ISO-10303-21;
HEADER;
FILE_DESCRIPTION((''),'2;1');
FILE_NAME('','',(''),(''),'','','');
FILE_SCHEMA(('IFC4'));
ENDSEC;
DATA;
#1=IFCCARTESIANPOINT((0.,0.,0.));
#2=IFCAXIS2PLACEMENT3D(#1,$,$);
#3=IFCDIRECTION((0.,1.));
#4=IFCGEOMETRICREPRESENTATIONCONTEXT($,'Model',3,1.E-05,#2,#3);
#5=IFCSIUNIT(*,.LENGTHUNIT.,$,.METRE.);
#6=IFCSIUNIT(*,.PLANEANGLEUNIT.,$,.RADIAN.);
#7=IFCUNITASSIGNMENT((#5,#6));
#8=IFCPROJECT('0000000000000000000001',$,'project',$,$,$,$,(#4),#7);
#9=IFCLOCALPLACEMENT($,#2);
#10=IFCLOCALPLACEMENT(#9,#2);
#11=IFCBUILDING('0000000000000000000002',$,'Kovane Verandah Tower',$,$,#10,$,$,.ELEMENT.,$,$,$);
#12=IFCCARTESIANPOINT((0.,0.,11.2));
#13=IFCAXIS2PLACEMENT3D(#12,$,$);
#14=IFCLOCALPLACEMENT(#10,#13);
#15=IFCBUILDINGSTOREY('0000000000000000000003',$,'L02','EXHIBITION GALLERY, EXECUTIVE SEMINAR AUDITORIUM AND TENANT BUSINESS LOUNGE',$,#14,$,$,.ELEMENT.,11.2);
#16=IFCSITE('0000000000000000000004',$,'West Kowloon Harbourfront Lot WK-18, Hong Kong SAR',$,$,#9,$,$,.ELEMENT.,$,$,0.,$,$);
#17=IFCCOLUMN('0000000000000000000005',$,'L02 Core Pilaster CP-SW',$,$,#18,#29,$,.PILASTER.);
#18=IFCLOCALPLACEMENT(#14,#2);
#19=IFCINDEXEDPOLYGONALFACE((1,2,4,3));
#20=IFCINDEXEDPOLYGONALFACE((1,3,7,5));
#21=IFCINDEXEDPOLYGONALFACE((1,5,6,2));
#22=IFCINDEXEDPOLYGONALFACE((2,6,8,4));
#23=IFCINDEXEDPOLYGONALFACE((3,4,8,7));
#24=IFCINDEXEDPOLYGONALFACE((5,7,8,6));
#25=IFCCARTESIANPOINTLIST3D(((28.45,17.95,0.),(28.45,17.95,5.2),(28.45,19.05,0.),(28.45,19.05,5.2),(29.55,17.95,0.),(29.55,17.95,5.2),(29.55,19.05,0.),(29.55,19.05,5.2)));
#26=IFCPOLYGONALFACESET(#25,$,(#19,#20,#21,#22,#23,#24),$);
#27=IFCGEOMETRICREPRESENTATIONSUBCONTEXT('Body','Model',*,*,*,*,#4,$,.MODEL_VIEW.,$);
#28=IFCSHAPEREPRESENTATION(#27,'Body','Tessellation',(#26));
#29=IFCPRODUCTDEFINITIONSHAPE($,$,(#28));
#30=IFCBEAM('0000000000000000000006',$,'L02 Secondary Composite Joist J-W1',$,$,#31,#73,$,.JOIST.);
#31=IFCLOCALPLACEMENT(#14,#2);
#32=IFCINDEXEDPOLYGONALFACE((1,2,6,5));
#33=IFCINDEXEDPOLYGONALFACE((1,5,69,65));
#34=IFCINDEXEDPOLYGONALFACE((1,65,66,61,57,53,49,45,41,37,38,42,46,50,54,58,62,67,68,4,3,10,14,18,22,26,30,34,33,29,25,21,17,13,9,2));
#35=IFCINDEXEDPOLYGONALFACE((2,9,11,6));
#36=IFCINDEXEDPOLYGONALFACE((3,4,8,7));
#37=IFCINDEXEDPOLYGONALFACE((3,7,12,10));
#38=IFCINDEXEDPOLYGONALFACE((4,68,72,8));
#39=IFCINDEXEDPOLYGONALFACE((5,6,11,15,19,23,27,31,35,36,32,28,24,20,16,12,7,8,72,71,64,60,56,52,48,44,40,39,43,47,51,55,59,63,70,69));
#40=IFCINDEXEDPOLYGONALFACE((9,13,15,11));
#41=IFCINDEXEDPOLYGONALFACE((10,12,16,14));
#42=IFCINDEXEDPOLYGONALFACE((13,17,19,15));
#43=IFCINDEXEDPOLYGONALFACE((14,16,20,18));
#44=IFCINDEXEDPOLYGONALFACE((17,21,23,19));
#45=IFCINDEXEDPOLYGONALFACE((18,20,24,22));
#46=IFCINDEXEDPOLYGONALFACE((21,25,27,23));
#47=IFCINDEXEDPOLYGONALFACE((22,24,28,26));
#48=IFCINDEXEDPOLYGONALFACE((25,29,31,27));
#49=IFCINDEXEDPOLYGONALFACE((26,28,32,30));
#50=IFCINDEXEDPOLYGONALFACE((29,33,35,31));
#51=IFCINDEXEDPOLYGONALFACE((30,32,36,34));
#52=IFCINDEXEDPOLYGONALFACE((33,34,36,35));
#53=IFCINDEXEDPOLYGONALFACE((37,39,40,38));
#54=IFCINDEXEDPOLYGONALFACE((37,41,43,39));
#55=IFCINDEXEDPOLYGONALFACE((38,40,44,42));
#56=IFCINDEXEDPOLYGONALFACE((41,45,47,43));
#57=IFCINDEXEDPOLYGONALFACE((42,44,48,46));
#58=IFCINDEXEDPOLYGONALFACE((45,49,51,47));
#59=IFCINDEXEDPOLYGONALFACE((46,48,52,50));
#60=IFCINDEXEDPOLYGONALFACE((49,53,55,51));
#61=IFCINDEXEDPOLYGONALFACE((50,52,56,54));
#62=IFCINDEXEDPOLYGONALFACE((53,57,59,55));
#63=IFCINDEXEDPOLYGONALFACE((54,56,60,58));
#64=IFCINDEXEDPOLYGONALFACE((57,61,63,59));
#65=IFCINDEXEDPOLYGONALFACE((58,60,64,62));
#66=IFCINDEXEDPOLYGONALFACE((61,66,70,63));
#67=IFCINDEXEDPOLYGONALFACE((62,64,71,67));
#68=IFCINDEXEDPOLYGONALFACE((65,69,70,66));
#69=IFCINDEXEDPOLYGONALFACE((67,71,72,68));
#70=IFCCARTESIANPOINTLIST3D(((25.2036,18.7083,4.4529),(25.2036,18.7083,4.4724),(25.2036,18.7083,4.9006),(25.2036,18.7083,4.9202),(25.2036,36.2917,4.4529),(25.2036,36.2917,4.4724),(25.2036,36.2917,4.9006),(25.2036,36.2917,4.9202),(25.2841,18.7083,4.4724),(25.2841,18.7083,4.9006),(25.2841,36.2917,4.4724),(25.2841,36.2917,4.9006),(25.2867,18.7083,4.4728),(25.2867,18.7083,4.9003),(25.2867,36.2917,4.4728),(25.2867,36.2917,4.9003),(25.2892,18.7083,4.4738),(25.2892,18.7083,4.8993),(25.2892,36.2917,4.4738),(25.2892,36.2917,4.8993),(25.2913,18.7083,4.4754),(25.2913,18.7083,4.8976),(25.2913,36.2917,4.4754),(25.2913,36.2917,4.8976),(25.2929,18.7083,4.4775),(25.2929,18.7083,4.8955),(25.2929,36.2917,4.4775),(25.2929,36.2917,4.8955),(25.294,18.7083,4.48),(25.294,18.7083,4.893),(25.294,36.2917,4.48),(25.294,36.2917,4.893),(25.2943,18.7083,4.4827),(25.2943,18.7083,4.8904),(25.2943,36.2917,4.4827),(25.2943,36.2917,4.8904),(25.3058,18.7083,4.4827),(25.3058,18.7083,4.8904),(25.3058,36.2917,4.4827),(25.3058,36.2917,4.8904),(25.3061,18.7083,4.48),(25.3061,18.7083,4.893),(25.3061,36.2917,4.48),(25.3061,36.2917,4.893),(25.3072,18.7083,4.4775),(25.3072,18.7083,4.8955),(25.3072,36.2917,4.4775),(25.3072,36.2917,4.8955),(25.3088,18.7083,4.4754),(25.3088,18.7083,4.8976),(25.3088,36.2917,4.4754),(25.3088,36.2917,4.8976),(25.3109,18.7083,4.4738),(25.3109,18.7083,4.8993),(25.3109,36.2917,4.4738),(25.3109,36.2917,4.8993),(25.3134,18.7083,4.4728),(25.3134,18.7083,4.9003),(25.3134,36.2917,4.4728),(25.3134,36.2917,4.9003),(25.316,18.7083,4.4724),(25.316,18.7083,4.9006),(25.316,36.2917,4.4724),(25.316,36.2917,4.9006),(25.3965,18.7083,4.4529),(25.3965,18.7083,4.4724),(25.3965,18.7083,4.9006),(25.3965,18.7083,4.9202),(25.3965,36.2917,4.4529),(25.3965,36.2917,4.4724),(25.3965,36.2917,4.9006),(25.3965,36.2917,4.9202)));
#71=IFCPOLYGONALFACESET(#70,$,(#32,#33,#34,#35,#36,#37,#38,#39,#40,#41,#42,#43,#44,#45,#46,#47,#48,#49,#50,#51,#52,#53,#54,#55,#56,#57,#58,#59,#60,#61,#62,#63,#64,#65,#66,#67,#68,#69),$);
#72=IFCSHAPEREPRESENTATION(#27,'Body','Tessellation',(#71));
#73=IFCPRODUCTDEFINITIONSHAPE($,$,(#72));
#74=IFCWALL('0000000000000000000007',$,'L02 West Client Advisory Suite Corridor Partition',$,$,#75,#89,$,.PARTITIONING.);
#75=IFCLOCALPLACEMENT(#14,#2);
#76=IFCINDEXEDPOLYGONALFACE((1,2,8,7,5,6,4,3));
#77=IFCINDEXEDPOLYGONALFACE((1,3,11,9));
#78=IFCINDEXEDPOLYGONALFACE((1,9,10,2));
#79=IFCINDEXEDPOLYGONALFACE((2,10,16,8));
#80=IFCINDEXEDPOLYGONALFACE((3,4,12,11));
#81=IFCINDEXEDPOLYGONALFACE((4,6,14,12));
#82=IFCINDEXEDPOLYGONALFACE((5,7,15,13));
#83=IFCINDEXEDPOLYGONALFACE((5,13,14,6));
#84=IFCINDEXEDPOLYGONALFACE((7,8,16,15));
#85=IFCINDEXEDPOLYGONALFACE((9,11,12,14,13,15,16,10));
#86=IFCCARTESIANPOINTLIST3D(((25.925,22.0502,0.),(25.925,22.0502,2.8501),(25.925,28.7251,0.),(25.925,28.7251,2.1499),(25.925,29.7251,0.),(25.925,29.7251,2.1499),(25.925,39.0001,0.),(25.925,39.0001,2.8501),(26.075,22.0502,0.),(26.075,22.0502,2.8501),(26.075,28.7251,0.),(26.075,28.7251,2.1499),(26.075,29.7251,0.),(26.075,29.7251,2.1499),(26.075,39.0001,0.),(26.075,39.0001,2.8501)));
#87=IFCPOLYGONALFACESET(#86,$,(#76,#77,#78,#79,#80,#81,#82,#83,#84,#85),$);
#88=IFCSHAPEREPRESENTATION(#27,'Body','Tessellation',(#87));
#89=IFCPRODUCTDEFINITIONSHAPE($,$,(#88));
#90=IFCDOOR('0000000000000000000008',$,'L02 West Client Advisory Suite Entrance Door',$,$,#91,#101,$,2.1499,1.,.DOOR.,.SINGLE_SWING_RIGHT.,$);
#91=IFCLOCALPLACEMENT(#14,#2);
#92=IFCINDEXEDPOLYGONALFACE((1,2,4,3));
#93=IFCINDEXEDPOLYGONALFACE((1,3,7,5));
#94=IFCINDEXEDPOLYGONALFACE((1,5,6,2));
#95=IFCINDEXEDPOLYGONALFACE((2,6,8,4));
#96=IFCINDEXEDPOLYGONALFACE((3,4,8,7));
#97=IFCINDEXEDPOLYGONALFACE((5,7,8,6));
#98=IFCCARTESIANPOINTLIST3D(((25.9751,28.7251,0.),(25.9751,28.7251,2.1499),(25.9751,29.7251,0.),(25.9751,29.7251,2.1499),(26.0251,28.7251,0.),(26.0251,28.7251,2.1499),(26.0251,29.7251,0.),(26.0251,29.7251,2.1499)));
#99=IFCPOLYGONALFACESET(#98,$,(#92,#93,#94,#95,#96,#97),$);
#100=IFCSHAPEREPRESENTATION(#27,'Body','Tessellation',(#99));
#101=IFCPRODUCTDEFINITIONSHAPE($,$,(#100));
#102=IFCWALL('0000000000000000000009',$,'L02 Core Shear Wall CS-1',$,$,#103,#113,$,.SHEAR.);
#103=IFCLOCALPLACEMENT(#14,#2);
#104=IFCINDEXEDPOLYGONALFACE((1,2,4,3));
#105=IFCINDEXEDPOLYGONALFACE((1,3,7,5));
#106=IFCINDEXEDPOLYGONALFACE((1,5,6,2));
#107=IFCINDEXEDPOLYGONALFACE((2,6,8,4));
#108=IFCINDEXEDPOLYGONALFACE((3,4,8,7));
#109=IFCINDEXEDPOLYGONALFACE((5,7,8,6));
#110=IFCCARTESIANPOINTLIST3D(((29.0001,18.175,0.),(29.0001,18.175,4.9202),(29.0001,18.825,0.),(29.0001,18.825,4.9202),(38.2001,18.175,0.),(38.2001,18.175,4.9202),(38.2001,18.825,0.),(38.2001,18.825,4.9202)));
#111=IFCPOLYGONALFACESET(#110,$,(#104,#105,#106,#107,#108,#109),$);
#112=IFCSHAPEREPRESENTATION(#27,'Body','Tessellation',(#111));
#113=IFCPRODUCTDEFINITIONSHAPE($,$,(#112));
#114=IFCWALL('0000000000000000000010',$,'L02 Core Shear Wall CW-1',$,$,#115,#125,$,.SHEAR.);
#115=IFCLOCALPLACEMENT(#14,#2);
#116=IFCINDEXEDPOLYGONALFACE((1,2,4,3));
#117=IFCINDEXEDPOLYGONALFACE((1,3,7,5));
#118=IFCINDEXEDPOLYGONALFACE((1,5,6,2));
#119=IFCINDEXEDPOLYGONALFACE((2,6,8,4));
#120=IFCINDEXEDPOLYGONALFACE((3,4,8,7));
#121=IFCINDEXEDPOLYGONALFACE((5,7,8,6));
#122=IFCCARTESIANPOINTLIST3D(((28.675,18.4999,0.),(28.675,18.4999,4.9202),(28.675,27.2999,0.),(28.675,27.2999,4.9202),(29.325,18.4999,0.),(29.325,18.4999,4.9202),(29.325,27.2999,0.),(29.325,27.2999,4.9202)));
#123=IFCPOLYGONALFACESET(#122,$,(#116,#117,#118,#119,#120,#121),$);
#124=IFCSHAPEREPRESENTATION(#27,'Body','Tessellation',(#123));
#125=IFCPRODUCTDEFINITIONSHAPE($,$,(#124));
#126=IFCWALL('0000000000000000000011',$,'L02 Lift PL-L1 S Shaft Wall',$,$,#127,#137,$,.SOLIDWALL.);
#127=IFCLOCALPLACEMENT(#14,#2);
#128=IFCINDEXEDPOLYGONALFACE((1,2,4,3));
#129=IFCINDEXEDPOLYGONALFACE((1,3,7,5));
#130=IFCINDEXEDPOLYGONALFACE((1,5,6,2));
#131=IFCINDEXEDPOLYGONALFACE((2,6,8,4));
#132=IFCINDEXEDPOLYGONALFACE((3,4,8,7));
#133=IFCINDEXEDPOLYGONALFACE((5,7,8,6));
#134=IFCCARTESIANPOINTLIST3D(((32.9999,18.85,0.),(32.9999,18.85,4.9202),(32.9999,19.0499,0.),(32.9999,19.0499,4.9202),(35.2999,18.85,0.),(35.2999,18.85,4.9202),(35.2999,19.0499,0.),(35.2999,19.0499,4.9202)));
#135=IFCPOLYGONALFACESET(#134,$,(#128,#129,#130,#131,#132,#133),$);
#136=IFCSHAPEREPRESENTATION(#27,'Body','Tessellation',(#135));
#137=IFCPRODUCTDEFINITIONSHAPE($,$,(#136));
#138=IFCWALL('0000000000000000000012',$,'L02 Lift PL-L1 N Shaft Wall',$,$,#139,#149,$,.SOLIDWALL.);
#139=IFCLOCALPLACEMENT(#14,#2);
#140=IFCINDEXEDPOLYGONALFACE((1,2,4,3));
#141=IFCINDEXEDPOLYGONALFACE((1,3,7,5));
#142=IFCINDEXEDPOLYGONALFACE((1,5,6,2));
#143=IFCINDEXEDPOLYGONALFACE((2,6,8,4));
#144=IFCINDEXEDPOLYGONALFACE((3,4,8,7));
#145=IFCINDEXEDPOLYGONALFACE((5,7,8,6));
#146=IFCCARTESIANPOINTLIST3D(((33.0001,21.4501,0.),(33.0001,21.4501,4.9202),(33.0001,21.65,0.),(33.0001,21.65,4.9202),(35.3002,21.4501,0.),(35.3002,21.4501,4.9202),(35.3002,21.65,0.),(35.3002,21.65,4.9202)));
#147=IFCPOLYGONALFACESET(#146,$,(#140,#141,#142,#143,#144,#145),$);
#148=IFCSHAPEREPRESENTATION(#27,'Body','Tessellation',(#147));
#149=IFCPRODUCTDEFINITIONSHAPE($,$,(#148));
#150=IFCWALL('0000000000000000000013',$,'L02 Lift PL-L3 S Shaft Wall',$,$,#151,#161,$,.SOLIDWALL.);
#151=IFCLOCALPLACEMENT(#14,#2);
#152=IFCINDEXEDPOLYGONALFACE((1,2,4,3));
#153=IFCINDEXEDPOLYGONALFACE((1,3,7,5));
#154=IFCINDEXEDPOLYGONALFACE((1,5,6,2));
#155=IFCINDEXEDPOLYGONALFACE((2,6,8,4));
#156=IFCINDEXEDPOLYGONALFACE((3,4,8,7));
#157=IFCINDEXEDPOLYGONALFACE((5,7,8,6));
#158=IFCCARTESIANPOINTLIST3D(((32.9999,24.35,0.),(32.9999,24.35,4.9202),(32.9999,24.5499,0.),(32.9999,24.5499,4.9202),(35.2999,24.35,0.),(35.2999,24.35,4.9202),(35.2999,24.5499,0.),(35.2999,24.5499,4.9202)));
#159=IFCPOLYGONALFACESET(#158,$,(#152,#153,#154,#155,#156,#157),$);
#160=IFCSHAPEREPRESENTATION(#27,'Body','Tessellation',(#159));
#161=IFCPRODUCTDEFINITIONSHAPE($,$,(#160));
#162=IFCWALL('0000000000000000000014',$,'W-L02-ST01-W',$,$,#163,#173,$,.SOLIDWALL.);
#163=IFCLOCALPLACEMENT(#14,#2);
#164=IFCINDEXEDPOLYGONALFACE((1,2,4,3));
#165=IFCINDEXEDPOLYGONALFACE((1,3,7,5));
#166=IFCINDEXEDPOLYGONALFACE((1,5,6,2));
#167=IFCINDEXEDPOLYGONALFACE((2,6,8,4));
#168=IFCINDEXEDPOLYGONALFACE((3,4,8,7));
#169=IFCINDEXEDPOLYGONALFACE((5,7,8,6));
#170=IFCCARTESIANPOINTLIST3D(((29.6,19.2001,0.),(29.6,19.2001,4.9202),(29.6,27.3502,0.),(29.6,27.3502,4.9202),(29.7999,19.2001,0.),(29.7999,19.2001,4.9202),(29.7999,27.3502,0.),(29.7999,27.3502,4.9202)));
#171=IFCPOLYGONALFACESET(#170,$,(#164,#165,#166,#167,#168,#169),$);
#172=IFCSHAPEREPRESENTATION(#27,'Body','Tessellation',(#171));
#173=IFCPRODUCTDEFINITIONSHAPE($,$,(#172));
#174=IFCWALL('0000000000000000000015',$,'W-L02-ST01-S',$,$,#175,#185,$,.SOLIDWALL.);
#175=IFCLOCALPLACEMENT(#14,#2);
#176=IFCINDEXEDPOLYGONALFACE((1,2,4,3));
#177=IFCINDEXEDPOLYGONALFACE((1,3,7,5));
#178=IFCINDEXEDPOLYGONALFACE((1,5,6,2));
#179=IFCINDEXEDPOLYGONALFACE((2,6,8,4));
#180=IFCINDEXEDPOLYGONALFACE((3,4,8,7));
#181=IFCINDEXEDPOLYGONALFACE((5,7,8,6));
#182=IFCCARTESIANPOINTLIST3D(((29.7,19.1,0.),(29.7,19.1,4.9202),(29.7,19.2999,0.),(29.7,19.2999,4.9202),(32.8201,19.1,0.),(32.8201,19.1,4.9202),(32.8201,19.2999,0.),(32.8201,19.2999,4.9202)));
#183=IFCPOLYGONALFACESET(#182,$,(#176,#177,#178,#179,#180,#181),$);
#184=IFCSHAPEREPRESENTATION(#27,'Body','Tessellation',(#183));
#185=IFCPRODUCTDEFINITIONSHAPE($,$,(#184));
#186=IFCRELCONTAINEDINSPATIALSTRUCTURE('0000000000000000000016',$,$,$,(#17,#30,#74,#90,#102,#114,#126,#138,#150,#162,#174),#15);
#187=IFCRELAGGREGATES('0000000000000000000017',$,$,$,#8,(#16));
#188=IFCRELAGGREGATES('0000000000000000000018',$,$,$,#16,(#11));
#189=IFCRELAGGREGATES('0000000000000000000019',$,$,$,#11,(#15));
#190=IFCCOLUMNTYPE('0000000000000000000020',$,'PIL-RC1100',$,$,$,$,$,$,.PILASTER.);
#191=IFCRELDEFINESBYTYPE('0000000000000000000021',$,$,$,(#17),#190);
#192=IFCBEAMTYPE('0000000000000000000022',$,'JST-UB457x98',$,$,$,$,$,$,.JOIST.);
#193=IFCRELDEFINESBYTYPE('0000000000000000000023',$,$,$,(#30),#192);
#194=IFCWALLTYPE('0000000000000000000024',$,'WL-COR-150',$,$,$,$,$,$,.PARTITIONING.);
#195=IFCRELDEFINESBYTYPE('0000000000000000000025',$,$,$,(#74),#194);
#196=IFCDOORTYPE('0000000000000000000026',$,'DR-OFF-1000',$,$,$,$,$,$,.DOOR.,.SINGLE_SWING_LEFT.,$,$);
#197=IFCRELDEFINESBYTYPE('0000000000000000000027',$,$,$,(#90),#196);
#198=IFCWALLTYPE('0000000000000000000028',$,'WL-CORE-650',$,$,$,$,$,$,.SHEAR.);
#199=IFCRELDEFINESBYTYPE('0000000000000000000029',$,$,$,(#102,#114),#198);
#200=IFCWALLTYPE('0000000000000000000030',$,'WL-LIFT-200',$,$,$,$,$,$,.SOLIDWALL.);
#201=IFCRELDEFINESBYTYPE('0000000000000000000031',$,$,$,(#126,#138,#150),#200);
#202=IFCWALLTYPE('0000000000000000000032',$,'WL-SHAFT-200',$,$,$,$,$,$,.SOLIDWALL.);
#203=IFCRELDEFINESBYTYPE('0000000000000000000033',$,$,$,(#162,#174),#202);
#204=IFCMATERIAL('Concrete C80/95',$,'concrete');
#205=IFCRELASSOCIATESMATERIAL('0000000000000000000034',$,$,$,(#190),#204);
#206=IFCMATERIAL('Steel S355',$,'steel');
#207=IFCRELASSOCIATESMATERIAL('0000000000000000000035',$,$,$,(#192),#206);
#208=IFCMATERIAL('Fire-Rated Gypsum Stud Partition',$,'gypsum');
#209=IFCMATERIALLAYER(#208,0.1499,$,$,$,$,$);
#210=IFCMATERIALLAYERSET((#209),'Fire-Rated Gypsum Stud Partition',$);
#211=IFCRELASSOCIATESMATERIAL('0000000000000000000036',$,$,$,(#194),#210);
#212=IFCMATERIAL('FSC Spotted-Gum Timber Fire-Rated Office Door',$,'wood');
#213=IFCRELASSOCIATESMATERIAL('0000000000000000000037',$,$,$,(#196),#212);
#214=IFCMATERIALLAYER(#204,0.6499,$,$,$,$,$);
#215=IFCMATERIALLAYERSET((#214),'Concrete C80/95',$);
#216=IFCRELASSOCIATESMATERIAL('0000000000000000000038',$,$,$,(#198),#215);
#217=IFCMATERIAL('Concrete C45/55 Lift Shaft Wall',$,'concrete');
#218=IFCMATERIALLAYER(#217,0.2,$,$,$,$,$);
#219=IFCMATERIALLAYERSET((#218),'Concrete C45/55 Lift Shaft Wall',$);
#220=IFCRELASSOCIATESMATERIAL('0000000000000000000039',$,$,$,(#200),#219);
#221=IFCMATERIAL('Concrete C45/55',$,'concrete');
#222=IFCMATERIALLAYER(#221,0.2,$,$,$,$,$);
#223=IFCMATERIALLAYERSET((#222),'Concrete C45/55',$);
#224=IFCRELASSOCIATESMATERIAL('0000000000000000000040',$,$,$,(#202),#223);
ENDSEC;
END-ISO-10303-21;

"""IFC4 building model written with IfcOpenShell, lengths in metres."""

from ifc_helpers import new_model, si_unit, direction, frame, frame_2d, origin, origin_2d, place, context, subcontext, project, spatial, rectangle, i_section, extrude, material, layer, layer_set, material_profile, profile_set, type_object, element, fill, save


model = new_model("IFC4")

# Units and contexts
model_context = context("Model", 3, precision=1e-05, world=origin(), true_north=direction((0.0, 1.0)))
body_context = subcontext(model_context, "Body", "Model", "MODEL_VIEW")
ifc_project = project(units=[si_unit("LENGTHUNIT", "METRE"), si_unit("PLANEANGLEUNIT", "RADIAN")], contexts=[model_context])

# Site, building, storey
site_placement = place(None, origin())
site = spatial("IfcSite", under=ifc_project, at=site_placement, Name="West Kowloon Harbourfront Lot WK-18, Hong Kong SAR", CompositionType="ELEMENT", RefElevation=0.0)
building_placement = place(site_placement, origin())
building = spatial("IfcBuilding", under=site, at=building_placement, Name="Kovane Verandah Tower", CompositionType="ELEMENT")
storey_placement = place(building_placement, frame((0.0, 0.0, 11.2)))
storey = spatial("IfcBuildingStorey", under=building, at=storey_placement, Name="L02", Description="EXHIBITION GALLERY, EXECUTIVE SEMINAR AUDITORIUM AND TENANT BUSINESS LOUNGE", CompositionType="ELEMENT", Elevation=11.2)

# Column
ifc_material_1 = material(Name="Concrete C80/95", Category="concrete")
ifc_material_profile_1 = material_profile(ifc_material_1, rectangle(XDim=1.1001, YDim=1.1001, at=origin_2d()), Name="RC1100x1100")
ifc_profile_set_1 = profile_set([ifc_material_profile_1], Name="Concrete C80/95")
column_type = type_object("IfcColumnType", Name="PIL-RC1100", PredefinedType="PILASTER", material=ifc_profile_set_1)
column_placement = place(storey_placement, frame((29.0, 18.5, 0.0), z_axis=(0.0, 0.0, 1.0), x_axis=(1.0, 0.0, 0.0)))
element("IfcColumn", 1, at=column_placement, inside=storey, type_object=column_type, Name="L02 Core Pilaster CP-SW", PredefinedType="PILASTER", context=body_context, shape_type="SweptSolid", body=[
    extrude(rectangle(XDim=1.1001, YDim=1.1001, at=origin_2d()), origin(), (0.0, 0.0, 1.0), 5.2),
])

# Beam
ifc_material_2 = material(Name="Steel S355", Category="steel")
ifc_material_profile_2 = material_profile(ifc_material_2, i_section(OverallWidth=0.1929, OverallDepth=0.4673, WebThickness=0.0115, FlangeThickness=0.0195, FilletRadius=0.0103, at=origin_2d()), Name="UB457x191x98")
ifc_profile_set_2 = profile_set([ifc_material_profile_2], Name="Steel S355")
beam_type = type_object("IfcBeamType", Name="JST-UB457x98", PredefinedType="JOIST", material=ifc_profile_set_2)
beam_placement = place(storey_placement, frame((25.3, 18.7083, 4.6865), z_axis=(0.0, 1.0, 0.0), x_axis=(-1.0, 0.0, 0.0)))
element("IfcBeam", 2, at=beam_placement, inside=storey, type_object=beam_type, Name="L02 Secondary Composite Joist J-W1", PredefinedType="JOIST", context=body_context, shape_type="SweptSolid", body=[
    extrude(i_section(OverallWidth=0.1929, OverallDepth=0.4673, WebThickness=0.0115, FlangeThickness=0.0195, FilletRadius=0.0103, at=origin_2d()), origin(), (0.0, 0.0, 1.0), 17.5835),
])

# Wall, opening, door
ifc_material_3 = material(Name="Fire-Rated Gypsum Stud Partition", Category="gypsum")
ifc_layer_1 = layer(ifc_material_3, 0.1499)
ifc_layer_set_1 = layer_set([ifc_layer_1], Name="Fire-Rated Gypsum Stud Partition")
wall_type_1 = type_object("IfcWallType", Name="WL-COR-150", PredefinedType="PARTITIONING", material=ifc_layer_set_1)
wall_1_placement = place(storey_placement, frame((26.0, 22.05, 0.0), z_axis=(0.0, 0.0, 1.0), x_axis=(0.0, 1.0, 0.0)))
wall_1 = element("IfcWall", 3, at=wall_1_placement, inside=storey, type_object=wall_type_1, Name="L02 West Client Advisory Suite Corridor Partition", PredefinedType="PARTITIONING", context=body_context, shape_type="SweptSolid", body=[
    extrude(rectangle(XDim=16.95, YDim=0.1499, at=frame_2d((8.4751, 0.0))), origin(), (0.0, 0.0, 1.0), 2.8501),
])
opening_placement = place(wall_1_placement, frame((6.675, 0.0, 0.0)))
opening = element("IfcOpeningElement", 4, at=opening_placement, cuts=wall_1, PredefinedType="OPENING", context=body_context, shape_type="SweptSolid", body=[
    extrude(rectangle(XDim=1.0, YDim=2.1499, at=frame_2d((0.5, 1.075))), frame((0.0, 0.075, 0.0), z_axis=(0.0, -1.0, 0.0), x_axis=(1.0, 0.0, 0.0)), (0.0, 0.0, 1.0), 0.1499),
])
ifc_material_4 = material(Name="FSC Spotted-Gum Timber Fire-Rated Office Door", Category="wood")
door_type = type_object("IfcDoorType", Name="DR-OFF-1000", OperationType="SINGLE_SWING_LEFT", PredefinedType="DOOR", material=ifc_material_4)
door_placement = place(opening_placement, origin())
door = element("IfcDoor", 5, at=door_placement, inside=storey, type_object=door_type, Name="L02 West Client Advisory Suite Entrance Door", OperationType="SINGLE_SWING_RIGHT", OverallHeight=2.1499, OverallWidth=1.0, PredefinedType="DOOR", context=body_context, shape_type="SweptSolid", body=[
    extrude(rectangle(XDim=1.0, YDim=2.1499, at=frame_2d((0.5, 1.075))), frame((0.0, 0.0249, 0.0), z_axis=(0.0, -1.0, 0.0), x_axis=(1.0, 0.0, 0.0)), (0.0, 0.0, 1.0), 0.05),
])
fill(opening, door)

# Walls
ifc_layer_2 = layer(ifc_material_1, 0.6499)
ifc_layer_set_2 = layer_set([ifc_layer_2], Name="Concrete C80/95")
wall_type_2 = type_object("IfcWallType", Name="WL-CORE-650", PredefinedType="SHEAR", material=ifc_layer_set_2)
wall_2_placement = place(storey_placement, frame((29.0, 18.5, 0.0), z_axis=(0.0, 0.0, 1.0), x_axis=(1.0, 0.0, 0.0)))
element("IfcWall", 6, at=wall_2_placement, inside=storey, type_object=wall_type_2, Name="L02 Core Shear Wall CS-1", PredefinedType="SHEAR", context=body_context, shape_type="SweptSolid", body=[
    extrude(rectangle(XDim=9.2, YDim=0.6499, at=frame_2d((4.6001, 0.0))), origin(), (0.0, 0.0, 1.0), 4.9202),
])
wall_3_placement = place(storey_placement, frame((29.0, 18.5, 0.0), z_axis=(0.0, 0.0, 1.0), x_axis=(0.0, 1.0, 0.0)))
element("IfcWall", 7, at=wall_3_placement, inside=storey, type_object=wall_type_2, Name="L02 Core Shear Wall CW-1", PredefinedType="SHEAR", context=body_context, shape_type="SweptSolid", body=[
    extrude(rectangle(XDim=8.8, YDim=0.6499, at=frame_2d((4.3999, 0.0))), origin(), (0.0, 0.0, 1.0), 4.9202),
])
ifc_material_5 = material(Name="Concrete C45/55 Lift Shaft Wall", Category="concrete")
ifc_layer_3 = layer(ifc_material_5, 0.2)
ifc_layer_set_3 = layer_set([ifc_layer_3], Name="Concrete C45/55 Lift Shaft Wall")
wall_type_3 = type_object("IfcWallType", Name="WL-LIFT-200", PredefinedType="SOLIDWALL", material=ifc_layer_set_3)
for number, where, z_axis, x_axis, name in (
    (8, (33.0, 18.95, 0.0), (0.0, 0.0, 1.0), (1.0, 0.0, 0.0), "L02 Lift PL-L1 S Shaft Wall"),
    (9, (35.3, 21.55, 0.0), (0.0, 0.0, 1.0), (-1.0, 0.0, 0.0), "L02 Lift PL-L1 N Shaft Wall"),
    (10, (33.0, 24.45, 0.0), (0.0, 0.0, 1.0), (1.0, 0.0, 0.0), "L02 Lift PL-L3 S Shaft Wall"),
):
    element("IfcWall", number, at=place(storey_placement, frame(where, z_axis=z_axis, x_axis=x_axis)), inside=storey, type_object=wall_type_3, Name=name, PredefinedType="SOLIDWALL", context=body_context, shape_type="SweptSolid", body=[
        extrude(rectangle(XDim=2.3, YDim=0.2, at=frame_2d((1.1499, 0.0))), origin(), (0.0, 0.0, 1.0), 4.9202),
    ])
ifc_material_6 = material(Name="Concrete C45/55", Category="concrete")
ifc_layer_4 = layer(ifc_material_6, 0.2)
ifc_layer_set_4 = layer_set([ifc_layer_4], Name="Concrete C45/55")
wall_type_4 = type_object("IfcWallType", Name="WL-SHAFT-200", PredefinedType="SOLIDWALL", material=ifc_layer_set_4)
wall_4_placement = place(storey_placement, frame((29.7, 19.2, 0.0), z_axis=(0.0, 0.0, 1.0), x_axis=(0.0, 1.0, 0.0)))
element("IfcWall", 11, at=wall_4_placement, inside=storey, type_object=wall_type_4, Name="W-L02-ST01-W", PredefinedType="SOLIDWALL", context=body_context, shape_type="SweptSolid", body=[
    extrude(rectangle(XDim=8.1501, YDim=0.2, at=frame_2d((4.0752, 0.0))), origin(), (0.0, 0.0, 1.0), 4.9202),
])
wall_5_placement = place(storey_placement, frame((29.7, 19.2, 0.0), z_axis=(0.0, 0.0, 1.0), x_axis=(1.0, 0.0, 0.0)))
element("IfcWall", 12, at=wall_5_placement, inside=storey, type_object=wall_type_4, Name="W-L02-ST01-S", PredefinedType="SOLIDWALL", context=body_context, shape_type="SweptSolid", body=[
    extrude(rectangle(XDim=3.1201, YDim=0.2, at=frame_2d((1.5601, 0.0))), origin(), (0.0, 0.0, 1.0), 4.9202),
])

save(model, "model.ifc")
